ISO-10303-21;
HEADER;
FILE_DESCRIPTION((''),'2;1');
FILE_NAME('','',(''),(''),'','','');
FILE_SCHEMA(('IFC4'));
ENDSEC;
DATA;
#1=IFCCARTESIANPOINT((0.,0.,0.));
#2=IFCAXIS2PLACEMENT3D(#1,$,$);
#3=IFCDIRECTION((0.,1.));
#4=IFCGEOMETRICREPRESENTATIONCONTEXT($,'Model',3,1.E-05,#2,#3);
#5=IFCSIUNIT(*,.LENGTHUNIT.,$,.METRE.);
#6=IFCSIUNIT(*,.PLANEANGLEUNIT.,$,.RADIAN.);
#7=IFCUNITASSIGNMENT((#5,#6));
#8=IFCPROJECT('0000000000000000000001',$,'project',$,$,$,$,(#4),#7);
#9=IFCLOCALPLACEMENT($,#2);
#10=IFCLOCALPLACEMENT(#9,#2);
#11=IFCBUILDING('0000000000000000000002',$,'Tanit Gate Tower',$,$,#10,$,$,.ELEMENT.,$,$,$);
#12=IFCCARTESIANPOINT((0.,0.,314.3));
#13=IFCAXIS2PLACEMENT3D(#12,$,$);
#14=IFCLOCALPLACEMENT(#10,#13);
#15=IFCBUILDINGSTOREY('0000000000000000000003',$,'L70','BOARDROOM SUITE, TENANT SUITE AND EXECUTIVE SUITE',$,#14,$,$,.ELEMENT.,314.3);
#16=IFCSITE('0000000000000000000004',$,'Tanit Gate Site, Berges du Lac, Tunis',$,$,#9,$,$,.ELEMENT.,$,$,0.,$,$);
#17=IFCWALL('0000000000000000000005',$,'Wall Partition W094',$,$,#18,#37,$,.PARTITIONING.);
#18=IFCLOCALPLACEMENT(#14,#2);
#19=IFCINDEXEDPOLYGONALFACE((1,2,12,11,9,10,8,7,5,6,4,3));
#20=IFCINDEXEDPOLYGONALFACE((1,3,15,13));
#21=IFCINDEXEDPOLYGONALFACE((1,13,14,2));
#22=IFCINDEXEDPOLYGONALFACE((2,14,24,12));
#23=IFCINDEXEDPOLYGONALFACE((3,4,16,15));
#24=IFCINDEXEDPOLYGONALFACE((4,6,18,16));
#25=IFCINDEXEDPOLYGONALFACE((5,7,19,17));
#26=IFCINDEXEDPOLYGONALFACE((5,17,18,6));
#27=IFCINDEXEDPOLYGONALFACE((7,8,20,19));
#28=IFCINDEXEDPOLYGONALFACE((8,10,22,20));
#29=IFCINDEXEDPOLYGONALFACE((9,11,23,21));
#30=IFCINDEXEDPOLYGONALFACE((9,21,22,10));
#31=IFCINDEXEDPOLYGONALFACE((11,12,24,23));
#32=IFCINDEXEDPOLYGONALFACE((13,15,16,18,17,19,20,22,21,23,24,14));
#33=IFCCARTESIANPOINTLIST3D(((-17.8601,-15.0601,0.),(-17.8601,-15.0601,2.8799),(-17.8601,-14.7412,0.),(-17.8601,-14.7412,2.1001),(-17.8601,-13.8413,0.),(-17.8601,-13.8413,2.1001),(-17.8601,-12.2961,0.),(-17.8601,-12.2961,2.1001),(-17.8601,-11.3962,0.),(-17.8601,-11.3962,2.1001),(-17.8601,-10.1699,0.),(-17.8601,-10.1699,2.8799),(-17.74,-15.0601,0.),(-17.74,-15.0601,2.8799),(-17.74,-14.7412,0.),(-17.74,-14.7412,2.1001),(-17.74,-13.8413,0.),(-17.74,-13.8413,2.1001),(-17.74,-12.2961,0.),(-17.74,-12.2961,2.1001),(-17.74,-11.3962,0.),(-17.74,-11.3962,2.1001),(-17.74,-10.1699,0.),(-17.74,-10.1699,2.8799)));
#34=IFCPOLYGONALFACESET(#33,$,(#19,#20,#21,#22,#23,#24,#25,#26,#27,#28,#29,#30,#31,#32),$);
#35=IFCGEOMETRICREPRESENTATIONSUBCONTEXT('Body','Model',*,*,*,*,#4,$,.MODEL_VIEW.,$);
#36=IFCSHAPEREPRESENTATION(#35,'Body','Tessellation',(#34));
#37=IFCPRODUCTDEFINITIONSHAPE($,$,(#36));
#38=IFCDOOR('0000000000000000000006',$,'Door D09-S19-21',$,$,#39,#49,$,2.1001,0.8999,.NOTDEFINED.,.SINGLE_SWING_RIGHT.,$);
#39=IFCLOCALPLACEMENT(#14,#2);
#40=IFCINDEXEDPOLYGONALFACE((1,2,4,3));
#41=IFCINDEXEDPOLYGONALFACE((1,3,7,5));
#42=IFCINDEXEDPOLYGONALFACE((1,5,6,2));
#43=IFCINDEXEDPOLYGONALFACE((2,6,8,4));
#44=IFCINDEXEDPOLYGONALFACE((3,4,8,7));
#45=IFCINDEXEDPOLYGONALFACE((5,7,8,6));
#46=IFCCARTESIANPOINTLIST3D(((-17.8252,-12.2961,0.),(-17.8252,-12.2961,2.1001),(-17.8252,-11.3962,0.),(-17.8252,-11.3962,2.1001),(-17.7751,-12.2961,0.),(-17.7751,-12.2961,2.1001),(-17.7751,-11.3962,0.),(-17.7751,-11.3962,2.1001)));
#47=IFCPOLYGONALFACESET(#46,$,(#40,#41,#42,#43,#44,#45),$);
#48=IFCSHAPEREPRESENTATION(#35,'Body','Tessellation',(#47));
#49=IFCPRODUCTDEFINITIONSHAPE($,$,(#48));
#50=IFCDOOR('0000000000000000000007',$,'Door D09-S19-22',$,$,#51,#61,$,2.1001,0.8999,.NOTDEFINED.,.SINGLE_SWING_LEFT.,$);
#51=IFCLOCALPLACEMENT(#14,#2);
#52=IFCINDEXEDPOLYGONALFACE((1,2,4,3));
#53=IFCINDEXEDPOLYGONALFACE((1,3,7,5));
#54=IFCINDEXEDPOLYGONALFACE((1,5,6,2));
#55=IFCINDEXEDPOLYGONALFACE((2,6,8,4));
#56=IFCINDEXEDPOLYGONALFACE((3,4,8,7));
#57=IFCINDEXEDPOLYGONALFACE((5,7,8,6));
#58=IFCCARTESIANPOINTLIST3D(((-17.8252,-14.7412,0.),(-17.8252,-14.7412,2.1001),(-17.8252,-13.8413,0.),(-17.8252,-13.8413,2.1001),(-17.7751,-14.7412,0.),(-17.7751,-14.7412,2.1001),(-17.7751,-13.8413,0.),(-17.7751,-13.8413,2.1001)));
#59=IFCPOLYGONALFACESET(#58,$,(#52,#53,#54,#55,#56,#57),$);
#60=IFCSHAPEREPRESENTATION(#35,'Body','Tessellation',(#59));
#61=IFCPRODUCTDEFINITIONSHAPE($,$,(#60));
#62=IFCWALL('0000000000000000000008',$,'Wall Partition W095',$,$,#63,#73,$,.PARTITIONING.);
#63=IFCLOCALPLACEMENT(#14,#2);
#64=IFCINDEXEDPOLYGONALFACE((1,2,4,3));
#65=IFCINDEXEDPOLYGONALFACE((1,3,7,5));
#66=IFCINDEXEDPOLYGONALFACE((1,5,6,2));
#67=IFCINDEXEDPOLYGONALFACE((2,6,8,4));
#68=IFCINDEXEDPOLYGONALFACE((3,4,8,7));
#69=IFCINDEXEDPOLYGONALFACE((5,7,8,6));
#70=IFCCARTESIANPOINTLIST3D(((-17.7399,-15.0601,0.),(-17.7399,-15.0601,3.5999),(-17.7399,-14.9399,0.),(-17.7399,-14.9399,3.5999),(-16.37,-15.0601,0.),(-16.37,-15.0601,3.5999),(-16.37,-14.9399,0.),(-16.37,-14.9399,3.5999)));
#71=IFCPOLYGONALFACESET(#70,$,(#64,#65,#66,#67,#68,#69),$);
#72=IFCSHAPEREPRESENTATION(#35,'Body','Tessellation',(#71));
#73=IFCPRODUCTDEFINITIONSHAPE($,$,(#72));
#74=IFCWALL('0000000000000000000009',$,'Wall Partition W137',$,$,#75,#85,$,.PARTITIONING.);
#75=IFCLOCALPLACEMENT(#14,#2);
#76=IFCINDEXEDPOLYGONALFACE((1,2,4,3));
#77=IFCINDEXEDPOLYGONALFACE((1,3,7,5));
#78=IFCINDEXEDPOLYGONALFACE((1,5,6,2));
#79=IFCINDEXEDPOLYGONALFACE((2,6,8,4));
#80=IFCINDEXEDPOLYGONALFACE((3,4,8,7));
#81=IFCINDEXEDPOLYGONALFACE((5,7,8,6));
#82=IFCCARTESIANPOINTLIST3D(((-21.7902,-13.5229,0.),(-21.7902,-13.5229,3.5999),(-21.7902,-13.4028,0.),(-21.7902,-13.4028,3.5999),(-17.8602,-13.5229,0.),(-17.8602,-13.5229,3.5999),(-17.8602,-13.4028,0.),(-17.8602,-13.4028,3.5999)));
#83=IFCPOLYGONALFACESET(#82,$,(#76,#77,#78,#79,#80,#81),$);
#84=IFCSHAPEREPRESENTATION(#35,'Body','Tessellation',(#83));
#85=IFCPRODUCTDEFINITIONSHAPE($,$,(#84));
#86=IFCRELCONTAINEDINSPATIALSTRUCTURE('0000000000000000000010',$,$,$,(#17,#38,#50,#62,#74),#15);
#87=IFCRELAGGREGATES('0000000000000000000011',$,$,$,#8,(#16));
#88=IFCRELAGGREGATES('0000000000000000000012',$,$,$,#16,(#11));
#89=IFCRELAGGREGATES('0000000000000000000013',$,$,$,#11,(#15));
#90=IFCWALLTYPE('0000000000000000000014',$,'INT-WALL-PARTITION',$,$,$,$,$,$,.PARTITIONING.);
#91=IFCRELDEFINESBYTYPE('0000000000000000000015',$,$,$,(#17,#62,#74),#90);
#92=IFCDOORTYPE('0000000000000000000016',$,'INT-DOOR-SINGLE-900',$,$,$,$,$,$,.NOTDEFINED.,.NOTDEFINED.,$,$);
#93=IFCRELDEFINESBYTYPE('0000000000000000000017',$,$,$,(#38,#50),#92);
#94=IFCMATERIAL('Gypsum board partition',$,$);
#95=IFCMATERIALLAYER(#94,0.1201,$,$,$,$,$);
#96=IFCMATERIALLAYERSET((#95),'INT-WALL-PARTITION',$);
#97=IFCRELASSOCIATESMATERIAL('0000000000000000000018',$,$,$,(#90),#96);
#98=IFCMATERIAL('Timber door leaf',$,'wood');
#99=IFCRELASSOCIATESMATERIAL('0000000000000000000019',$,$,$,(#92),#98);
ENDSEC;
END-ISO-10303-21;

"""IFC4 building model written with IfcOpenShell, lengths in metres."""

from ifc_helpers import new_model, si_unit, direction, frame, frame_2d, origin, place, context, subcontext, project, spatial, rectangle, extrude, material, layer, layer_set, type_object, element, fill, save


model = new_model("IFC4")

# Units and contexts
model_context = context("Model", 3, precision=1e-05, world=origin(), true_north=direction((0.0, 1.0)))
body_context = subcontext(model_context, "Body", "Model", "MODEL_VIEW")
ifc_project = project(units=[si_unit("LENGTHUNIT", "METRE"), si_unit("PLANEANGLEUNIT", "RADIAN")], contexts=[model_context])

# Site, building, storey
site_placement = place(None, origin())
site = spatial("IfcSite", under=ifc_project, at=site_placement, Name="Tanit Gate Site, Berges du Lac, Tunis", CompositionType="ELEMENT", RefElevation=0.0)
building_placement = place(site_placement, origin())
building = spatial("IfcBuilding", under=site, at=building_placement, Name="Tanit Gate Tower", CompositionType="ELEMENT")
storey_placement = place(building_placement, frame((0.0, 0.0, 314.3)))
storey = spatial("IfcBuildingStorey", under=building, at=storey_placement, Name="L70", Description="BOARDROOM SUITE, TENANT SUITE AND EXECUTIVE SUITE", CompositionType="ELEMENT", Elevation=314.3)

# Wall, openings, doors
ifc_material_1 = material(Name="Gypsum board partition")
ifc_layer_1 = layer(ifc_material_1, 0.1201)
ifc_layer_set_1 = layer_set([ifc_layer_1], Name="INT-WALL-PARTITION")
wall_type_1 = type_object("IfcWallType", Name="INT-WALL-PARTITION", PredefinedType="PARTITIONING", material=ifc_layer_set_1)
wall_1_placement = place(storey_placement, frame((-17.8, -10.1699, 0.0), z_axis=(0.0, 0.0, 1.0), x_axis=(0.0, -1.0, 0.0)))
wall_1 = element("IfcWall", 1, at=wall_1_placement, inside=storey, type_object=wall_type_1, Name="Wall Partition W094", PredefinedType="PARTITIONING", context=body_context, shape_type="SweptSolid", body=[
    extrude(rectangle(XDim=4.8901, YDim=0.1201, at=frame_2d((2.4451, 0.0))), origin(), (0.0, 0.0, 1.0), 2.8799),
])
opening_1_placement = place(wall_1_placement, frame((1.2263, 0.0, 0.0)))
opening_1 = element("IfcOpeningElement", 2, at=opening_1_placement, cuts=wall_1, PredefinedType="OPENING", context=body_context, shape_type="SweptSolid", body=[
    extrude(rectangle(XDim=0.8999, YDim=2.1001, at=frame_2d((0.45, 1.05))), frame((0.0, 0.0701, 0.0), z_axis=(0.0, -1.0, 0.0), x_axis=(1.0, 0.0, 0.0)), (0.0, 0.0, 1.0), 0.1401),
])
opening_2_placement = place(wall_1_placement, frame((3.6714, 0.0, 0.0)))
opening_2 = element("IfcOpeningElement", 3, at=opening_2_placement, cuts=wall_1, PredefinedType="OPENING", context=body_context, shape_type="SweptSolid", body=[
    extrude(rectangle(XDim=0.8999, YDim=2.1001, at=frame_2d((0.45, 1.05))), frame((0.0, 0.0701, 0.0), z_axis=(0.0, -1.0, 0.0), x_axis=(1.0, 0.0, 0.0)), (0.0, 0.0, 1.0), 0.1401),
])
ifc_material_2 = material(Name="Timber door leaf", Category="wood")
door_type_1 = type_object("IfcDoorType", Name="INT-DOOR-SINGLE-900", OperationType="NOTDEFINED", PredefinedType="NOTDEFINED", material=ifc_material_2)
door_1_placement = place(opening_1_placement, origin())
door_1 = element("IfcDoor", 4, at=door_1_placement, inside=storey, type_object=door_type_1, Name="Door D09-S19-21", OperationType="SINGLE_SWING_RIGHT", OverallHeight=2.1001, OverallWidth=0.8999, PredefinedType="NOTDEFINED", context=body_context, shape_type="SweptSolid", body=[
    extrude(rectangle(XDim=0.8999, YDim=2.1001, at=frame_2d((0.45, 1.05))), frame((0.0, 0.0249, 0.0), z_axis=(0.0, -1.0, 0.0), x_axis=(1.0, 0.0, 0.0)), (0.0, 0.0, 1.0), 0.05),
])
fill(opening_1, door_1)
door_2_placement = place(opening_2_placement, origin())
door_2 = element("IfcDoor", 5, at=door_2_placement, inside=storey, type_object=door_type_1, Name="Door D09-S19-22", OperationType="SINGLE_SWING_LEFT", OverallHeight=2.1001, OverallWidth=0.8999, PredefinedType="NOTDEFINED", context=body_context, shape_type="SweptSolid", body=[
    extrude(rectangle(XDim=0.8999, YDim=2.1001, at=frame_2d((0.45, 1.05))), frame((0.0, 0.0249, 0.0), z_axis=(0.0, -1.0, 0.0), x_axis=(1.0, 0.0, 0.0)), (0.0, 0.0, 1.0), 0.05),
])
fill(opening_2, door_2)

# Walls
wall_2_placement = place(storey_placement, frame((-17.74, -15.0, 0.0), z_axis=(0.0, 0.0, 1.0), x_axis=(1.0, 0.0, 0.0)))
element("IfcWall", 6, at=wall_2_placement, inside=storey, type_object=wall_type_1, Name="Wall Partition W095", PredefinedType="PARTITIONING", context=body_context, shape_type="SweptSolid", body=[
    extrude(rectangle(XDim=1.3699, YDim=0.1201, at=frame_2d((0.6851, 0.0))), origin(), (0.0, 0.0, 1.0), 3.5999),
])
wall_3_placement = place(storey_placement, frame((-21.79, -13.4629, 0.0), z_axis=(0.0, 0.0, 1.0), x_axis=(1.0, 0.0, 0.0)))
element("IfcWall", 7, at=wall_3_placement, inside=storey, type_object=wall_type_1, Name="Wall Partition W137", PredefinedType="PARTITIONING", context=body_context, shape_type="SweptSolid", body=[
    extrude(rectangle(XDim=3.9299, YDim=0.1201, at=frame_2d((1.9648, 0.0))), origin(), (0.0, 0.0, 1.0), 3.5999),
])

save(model, "model.ifc")
